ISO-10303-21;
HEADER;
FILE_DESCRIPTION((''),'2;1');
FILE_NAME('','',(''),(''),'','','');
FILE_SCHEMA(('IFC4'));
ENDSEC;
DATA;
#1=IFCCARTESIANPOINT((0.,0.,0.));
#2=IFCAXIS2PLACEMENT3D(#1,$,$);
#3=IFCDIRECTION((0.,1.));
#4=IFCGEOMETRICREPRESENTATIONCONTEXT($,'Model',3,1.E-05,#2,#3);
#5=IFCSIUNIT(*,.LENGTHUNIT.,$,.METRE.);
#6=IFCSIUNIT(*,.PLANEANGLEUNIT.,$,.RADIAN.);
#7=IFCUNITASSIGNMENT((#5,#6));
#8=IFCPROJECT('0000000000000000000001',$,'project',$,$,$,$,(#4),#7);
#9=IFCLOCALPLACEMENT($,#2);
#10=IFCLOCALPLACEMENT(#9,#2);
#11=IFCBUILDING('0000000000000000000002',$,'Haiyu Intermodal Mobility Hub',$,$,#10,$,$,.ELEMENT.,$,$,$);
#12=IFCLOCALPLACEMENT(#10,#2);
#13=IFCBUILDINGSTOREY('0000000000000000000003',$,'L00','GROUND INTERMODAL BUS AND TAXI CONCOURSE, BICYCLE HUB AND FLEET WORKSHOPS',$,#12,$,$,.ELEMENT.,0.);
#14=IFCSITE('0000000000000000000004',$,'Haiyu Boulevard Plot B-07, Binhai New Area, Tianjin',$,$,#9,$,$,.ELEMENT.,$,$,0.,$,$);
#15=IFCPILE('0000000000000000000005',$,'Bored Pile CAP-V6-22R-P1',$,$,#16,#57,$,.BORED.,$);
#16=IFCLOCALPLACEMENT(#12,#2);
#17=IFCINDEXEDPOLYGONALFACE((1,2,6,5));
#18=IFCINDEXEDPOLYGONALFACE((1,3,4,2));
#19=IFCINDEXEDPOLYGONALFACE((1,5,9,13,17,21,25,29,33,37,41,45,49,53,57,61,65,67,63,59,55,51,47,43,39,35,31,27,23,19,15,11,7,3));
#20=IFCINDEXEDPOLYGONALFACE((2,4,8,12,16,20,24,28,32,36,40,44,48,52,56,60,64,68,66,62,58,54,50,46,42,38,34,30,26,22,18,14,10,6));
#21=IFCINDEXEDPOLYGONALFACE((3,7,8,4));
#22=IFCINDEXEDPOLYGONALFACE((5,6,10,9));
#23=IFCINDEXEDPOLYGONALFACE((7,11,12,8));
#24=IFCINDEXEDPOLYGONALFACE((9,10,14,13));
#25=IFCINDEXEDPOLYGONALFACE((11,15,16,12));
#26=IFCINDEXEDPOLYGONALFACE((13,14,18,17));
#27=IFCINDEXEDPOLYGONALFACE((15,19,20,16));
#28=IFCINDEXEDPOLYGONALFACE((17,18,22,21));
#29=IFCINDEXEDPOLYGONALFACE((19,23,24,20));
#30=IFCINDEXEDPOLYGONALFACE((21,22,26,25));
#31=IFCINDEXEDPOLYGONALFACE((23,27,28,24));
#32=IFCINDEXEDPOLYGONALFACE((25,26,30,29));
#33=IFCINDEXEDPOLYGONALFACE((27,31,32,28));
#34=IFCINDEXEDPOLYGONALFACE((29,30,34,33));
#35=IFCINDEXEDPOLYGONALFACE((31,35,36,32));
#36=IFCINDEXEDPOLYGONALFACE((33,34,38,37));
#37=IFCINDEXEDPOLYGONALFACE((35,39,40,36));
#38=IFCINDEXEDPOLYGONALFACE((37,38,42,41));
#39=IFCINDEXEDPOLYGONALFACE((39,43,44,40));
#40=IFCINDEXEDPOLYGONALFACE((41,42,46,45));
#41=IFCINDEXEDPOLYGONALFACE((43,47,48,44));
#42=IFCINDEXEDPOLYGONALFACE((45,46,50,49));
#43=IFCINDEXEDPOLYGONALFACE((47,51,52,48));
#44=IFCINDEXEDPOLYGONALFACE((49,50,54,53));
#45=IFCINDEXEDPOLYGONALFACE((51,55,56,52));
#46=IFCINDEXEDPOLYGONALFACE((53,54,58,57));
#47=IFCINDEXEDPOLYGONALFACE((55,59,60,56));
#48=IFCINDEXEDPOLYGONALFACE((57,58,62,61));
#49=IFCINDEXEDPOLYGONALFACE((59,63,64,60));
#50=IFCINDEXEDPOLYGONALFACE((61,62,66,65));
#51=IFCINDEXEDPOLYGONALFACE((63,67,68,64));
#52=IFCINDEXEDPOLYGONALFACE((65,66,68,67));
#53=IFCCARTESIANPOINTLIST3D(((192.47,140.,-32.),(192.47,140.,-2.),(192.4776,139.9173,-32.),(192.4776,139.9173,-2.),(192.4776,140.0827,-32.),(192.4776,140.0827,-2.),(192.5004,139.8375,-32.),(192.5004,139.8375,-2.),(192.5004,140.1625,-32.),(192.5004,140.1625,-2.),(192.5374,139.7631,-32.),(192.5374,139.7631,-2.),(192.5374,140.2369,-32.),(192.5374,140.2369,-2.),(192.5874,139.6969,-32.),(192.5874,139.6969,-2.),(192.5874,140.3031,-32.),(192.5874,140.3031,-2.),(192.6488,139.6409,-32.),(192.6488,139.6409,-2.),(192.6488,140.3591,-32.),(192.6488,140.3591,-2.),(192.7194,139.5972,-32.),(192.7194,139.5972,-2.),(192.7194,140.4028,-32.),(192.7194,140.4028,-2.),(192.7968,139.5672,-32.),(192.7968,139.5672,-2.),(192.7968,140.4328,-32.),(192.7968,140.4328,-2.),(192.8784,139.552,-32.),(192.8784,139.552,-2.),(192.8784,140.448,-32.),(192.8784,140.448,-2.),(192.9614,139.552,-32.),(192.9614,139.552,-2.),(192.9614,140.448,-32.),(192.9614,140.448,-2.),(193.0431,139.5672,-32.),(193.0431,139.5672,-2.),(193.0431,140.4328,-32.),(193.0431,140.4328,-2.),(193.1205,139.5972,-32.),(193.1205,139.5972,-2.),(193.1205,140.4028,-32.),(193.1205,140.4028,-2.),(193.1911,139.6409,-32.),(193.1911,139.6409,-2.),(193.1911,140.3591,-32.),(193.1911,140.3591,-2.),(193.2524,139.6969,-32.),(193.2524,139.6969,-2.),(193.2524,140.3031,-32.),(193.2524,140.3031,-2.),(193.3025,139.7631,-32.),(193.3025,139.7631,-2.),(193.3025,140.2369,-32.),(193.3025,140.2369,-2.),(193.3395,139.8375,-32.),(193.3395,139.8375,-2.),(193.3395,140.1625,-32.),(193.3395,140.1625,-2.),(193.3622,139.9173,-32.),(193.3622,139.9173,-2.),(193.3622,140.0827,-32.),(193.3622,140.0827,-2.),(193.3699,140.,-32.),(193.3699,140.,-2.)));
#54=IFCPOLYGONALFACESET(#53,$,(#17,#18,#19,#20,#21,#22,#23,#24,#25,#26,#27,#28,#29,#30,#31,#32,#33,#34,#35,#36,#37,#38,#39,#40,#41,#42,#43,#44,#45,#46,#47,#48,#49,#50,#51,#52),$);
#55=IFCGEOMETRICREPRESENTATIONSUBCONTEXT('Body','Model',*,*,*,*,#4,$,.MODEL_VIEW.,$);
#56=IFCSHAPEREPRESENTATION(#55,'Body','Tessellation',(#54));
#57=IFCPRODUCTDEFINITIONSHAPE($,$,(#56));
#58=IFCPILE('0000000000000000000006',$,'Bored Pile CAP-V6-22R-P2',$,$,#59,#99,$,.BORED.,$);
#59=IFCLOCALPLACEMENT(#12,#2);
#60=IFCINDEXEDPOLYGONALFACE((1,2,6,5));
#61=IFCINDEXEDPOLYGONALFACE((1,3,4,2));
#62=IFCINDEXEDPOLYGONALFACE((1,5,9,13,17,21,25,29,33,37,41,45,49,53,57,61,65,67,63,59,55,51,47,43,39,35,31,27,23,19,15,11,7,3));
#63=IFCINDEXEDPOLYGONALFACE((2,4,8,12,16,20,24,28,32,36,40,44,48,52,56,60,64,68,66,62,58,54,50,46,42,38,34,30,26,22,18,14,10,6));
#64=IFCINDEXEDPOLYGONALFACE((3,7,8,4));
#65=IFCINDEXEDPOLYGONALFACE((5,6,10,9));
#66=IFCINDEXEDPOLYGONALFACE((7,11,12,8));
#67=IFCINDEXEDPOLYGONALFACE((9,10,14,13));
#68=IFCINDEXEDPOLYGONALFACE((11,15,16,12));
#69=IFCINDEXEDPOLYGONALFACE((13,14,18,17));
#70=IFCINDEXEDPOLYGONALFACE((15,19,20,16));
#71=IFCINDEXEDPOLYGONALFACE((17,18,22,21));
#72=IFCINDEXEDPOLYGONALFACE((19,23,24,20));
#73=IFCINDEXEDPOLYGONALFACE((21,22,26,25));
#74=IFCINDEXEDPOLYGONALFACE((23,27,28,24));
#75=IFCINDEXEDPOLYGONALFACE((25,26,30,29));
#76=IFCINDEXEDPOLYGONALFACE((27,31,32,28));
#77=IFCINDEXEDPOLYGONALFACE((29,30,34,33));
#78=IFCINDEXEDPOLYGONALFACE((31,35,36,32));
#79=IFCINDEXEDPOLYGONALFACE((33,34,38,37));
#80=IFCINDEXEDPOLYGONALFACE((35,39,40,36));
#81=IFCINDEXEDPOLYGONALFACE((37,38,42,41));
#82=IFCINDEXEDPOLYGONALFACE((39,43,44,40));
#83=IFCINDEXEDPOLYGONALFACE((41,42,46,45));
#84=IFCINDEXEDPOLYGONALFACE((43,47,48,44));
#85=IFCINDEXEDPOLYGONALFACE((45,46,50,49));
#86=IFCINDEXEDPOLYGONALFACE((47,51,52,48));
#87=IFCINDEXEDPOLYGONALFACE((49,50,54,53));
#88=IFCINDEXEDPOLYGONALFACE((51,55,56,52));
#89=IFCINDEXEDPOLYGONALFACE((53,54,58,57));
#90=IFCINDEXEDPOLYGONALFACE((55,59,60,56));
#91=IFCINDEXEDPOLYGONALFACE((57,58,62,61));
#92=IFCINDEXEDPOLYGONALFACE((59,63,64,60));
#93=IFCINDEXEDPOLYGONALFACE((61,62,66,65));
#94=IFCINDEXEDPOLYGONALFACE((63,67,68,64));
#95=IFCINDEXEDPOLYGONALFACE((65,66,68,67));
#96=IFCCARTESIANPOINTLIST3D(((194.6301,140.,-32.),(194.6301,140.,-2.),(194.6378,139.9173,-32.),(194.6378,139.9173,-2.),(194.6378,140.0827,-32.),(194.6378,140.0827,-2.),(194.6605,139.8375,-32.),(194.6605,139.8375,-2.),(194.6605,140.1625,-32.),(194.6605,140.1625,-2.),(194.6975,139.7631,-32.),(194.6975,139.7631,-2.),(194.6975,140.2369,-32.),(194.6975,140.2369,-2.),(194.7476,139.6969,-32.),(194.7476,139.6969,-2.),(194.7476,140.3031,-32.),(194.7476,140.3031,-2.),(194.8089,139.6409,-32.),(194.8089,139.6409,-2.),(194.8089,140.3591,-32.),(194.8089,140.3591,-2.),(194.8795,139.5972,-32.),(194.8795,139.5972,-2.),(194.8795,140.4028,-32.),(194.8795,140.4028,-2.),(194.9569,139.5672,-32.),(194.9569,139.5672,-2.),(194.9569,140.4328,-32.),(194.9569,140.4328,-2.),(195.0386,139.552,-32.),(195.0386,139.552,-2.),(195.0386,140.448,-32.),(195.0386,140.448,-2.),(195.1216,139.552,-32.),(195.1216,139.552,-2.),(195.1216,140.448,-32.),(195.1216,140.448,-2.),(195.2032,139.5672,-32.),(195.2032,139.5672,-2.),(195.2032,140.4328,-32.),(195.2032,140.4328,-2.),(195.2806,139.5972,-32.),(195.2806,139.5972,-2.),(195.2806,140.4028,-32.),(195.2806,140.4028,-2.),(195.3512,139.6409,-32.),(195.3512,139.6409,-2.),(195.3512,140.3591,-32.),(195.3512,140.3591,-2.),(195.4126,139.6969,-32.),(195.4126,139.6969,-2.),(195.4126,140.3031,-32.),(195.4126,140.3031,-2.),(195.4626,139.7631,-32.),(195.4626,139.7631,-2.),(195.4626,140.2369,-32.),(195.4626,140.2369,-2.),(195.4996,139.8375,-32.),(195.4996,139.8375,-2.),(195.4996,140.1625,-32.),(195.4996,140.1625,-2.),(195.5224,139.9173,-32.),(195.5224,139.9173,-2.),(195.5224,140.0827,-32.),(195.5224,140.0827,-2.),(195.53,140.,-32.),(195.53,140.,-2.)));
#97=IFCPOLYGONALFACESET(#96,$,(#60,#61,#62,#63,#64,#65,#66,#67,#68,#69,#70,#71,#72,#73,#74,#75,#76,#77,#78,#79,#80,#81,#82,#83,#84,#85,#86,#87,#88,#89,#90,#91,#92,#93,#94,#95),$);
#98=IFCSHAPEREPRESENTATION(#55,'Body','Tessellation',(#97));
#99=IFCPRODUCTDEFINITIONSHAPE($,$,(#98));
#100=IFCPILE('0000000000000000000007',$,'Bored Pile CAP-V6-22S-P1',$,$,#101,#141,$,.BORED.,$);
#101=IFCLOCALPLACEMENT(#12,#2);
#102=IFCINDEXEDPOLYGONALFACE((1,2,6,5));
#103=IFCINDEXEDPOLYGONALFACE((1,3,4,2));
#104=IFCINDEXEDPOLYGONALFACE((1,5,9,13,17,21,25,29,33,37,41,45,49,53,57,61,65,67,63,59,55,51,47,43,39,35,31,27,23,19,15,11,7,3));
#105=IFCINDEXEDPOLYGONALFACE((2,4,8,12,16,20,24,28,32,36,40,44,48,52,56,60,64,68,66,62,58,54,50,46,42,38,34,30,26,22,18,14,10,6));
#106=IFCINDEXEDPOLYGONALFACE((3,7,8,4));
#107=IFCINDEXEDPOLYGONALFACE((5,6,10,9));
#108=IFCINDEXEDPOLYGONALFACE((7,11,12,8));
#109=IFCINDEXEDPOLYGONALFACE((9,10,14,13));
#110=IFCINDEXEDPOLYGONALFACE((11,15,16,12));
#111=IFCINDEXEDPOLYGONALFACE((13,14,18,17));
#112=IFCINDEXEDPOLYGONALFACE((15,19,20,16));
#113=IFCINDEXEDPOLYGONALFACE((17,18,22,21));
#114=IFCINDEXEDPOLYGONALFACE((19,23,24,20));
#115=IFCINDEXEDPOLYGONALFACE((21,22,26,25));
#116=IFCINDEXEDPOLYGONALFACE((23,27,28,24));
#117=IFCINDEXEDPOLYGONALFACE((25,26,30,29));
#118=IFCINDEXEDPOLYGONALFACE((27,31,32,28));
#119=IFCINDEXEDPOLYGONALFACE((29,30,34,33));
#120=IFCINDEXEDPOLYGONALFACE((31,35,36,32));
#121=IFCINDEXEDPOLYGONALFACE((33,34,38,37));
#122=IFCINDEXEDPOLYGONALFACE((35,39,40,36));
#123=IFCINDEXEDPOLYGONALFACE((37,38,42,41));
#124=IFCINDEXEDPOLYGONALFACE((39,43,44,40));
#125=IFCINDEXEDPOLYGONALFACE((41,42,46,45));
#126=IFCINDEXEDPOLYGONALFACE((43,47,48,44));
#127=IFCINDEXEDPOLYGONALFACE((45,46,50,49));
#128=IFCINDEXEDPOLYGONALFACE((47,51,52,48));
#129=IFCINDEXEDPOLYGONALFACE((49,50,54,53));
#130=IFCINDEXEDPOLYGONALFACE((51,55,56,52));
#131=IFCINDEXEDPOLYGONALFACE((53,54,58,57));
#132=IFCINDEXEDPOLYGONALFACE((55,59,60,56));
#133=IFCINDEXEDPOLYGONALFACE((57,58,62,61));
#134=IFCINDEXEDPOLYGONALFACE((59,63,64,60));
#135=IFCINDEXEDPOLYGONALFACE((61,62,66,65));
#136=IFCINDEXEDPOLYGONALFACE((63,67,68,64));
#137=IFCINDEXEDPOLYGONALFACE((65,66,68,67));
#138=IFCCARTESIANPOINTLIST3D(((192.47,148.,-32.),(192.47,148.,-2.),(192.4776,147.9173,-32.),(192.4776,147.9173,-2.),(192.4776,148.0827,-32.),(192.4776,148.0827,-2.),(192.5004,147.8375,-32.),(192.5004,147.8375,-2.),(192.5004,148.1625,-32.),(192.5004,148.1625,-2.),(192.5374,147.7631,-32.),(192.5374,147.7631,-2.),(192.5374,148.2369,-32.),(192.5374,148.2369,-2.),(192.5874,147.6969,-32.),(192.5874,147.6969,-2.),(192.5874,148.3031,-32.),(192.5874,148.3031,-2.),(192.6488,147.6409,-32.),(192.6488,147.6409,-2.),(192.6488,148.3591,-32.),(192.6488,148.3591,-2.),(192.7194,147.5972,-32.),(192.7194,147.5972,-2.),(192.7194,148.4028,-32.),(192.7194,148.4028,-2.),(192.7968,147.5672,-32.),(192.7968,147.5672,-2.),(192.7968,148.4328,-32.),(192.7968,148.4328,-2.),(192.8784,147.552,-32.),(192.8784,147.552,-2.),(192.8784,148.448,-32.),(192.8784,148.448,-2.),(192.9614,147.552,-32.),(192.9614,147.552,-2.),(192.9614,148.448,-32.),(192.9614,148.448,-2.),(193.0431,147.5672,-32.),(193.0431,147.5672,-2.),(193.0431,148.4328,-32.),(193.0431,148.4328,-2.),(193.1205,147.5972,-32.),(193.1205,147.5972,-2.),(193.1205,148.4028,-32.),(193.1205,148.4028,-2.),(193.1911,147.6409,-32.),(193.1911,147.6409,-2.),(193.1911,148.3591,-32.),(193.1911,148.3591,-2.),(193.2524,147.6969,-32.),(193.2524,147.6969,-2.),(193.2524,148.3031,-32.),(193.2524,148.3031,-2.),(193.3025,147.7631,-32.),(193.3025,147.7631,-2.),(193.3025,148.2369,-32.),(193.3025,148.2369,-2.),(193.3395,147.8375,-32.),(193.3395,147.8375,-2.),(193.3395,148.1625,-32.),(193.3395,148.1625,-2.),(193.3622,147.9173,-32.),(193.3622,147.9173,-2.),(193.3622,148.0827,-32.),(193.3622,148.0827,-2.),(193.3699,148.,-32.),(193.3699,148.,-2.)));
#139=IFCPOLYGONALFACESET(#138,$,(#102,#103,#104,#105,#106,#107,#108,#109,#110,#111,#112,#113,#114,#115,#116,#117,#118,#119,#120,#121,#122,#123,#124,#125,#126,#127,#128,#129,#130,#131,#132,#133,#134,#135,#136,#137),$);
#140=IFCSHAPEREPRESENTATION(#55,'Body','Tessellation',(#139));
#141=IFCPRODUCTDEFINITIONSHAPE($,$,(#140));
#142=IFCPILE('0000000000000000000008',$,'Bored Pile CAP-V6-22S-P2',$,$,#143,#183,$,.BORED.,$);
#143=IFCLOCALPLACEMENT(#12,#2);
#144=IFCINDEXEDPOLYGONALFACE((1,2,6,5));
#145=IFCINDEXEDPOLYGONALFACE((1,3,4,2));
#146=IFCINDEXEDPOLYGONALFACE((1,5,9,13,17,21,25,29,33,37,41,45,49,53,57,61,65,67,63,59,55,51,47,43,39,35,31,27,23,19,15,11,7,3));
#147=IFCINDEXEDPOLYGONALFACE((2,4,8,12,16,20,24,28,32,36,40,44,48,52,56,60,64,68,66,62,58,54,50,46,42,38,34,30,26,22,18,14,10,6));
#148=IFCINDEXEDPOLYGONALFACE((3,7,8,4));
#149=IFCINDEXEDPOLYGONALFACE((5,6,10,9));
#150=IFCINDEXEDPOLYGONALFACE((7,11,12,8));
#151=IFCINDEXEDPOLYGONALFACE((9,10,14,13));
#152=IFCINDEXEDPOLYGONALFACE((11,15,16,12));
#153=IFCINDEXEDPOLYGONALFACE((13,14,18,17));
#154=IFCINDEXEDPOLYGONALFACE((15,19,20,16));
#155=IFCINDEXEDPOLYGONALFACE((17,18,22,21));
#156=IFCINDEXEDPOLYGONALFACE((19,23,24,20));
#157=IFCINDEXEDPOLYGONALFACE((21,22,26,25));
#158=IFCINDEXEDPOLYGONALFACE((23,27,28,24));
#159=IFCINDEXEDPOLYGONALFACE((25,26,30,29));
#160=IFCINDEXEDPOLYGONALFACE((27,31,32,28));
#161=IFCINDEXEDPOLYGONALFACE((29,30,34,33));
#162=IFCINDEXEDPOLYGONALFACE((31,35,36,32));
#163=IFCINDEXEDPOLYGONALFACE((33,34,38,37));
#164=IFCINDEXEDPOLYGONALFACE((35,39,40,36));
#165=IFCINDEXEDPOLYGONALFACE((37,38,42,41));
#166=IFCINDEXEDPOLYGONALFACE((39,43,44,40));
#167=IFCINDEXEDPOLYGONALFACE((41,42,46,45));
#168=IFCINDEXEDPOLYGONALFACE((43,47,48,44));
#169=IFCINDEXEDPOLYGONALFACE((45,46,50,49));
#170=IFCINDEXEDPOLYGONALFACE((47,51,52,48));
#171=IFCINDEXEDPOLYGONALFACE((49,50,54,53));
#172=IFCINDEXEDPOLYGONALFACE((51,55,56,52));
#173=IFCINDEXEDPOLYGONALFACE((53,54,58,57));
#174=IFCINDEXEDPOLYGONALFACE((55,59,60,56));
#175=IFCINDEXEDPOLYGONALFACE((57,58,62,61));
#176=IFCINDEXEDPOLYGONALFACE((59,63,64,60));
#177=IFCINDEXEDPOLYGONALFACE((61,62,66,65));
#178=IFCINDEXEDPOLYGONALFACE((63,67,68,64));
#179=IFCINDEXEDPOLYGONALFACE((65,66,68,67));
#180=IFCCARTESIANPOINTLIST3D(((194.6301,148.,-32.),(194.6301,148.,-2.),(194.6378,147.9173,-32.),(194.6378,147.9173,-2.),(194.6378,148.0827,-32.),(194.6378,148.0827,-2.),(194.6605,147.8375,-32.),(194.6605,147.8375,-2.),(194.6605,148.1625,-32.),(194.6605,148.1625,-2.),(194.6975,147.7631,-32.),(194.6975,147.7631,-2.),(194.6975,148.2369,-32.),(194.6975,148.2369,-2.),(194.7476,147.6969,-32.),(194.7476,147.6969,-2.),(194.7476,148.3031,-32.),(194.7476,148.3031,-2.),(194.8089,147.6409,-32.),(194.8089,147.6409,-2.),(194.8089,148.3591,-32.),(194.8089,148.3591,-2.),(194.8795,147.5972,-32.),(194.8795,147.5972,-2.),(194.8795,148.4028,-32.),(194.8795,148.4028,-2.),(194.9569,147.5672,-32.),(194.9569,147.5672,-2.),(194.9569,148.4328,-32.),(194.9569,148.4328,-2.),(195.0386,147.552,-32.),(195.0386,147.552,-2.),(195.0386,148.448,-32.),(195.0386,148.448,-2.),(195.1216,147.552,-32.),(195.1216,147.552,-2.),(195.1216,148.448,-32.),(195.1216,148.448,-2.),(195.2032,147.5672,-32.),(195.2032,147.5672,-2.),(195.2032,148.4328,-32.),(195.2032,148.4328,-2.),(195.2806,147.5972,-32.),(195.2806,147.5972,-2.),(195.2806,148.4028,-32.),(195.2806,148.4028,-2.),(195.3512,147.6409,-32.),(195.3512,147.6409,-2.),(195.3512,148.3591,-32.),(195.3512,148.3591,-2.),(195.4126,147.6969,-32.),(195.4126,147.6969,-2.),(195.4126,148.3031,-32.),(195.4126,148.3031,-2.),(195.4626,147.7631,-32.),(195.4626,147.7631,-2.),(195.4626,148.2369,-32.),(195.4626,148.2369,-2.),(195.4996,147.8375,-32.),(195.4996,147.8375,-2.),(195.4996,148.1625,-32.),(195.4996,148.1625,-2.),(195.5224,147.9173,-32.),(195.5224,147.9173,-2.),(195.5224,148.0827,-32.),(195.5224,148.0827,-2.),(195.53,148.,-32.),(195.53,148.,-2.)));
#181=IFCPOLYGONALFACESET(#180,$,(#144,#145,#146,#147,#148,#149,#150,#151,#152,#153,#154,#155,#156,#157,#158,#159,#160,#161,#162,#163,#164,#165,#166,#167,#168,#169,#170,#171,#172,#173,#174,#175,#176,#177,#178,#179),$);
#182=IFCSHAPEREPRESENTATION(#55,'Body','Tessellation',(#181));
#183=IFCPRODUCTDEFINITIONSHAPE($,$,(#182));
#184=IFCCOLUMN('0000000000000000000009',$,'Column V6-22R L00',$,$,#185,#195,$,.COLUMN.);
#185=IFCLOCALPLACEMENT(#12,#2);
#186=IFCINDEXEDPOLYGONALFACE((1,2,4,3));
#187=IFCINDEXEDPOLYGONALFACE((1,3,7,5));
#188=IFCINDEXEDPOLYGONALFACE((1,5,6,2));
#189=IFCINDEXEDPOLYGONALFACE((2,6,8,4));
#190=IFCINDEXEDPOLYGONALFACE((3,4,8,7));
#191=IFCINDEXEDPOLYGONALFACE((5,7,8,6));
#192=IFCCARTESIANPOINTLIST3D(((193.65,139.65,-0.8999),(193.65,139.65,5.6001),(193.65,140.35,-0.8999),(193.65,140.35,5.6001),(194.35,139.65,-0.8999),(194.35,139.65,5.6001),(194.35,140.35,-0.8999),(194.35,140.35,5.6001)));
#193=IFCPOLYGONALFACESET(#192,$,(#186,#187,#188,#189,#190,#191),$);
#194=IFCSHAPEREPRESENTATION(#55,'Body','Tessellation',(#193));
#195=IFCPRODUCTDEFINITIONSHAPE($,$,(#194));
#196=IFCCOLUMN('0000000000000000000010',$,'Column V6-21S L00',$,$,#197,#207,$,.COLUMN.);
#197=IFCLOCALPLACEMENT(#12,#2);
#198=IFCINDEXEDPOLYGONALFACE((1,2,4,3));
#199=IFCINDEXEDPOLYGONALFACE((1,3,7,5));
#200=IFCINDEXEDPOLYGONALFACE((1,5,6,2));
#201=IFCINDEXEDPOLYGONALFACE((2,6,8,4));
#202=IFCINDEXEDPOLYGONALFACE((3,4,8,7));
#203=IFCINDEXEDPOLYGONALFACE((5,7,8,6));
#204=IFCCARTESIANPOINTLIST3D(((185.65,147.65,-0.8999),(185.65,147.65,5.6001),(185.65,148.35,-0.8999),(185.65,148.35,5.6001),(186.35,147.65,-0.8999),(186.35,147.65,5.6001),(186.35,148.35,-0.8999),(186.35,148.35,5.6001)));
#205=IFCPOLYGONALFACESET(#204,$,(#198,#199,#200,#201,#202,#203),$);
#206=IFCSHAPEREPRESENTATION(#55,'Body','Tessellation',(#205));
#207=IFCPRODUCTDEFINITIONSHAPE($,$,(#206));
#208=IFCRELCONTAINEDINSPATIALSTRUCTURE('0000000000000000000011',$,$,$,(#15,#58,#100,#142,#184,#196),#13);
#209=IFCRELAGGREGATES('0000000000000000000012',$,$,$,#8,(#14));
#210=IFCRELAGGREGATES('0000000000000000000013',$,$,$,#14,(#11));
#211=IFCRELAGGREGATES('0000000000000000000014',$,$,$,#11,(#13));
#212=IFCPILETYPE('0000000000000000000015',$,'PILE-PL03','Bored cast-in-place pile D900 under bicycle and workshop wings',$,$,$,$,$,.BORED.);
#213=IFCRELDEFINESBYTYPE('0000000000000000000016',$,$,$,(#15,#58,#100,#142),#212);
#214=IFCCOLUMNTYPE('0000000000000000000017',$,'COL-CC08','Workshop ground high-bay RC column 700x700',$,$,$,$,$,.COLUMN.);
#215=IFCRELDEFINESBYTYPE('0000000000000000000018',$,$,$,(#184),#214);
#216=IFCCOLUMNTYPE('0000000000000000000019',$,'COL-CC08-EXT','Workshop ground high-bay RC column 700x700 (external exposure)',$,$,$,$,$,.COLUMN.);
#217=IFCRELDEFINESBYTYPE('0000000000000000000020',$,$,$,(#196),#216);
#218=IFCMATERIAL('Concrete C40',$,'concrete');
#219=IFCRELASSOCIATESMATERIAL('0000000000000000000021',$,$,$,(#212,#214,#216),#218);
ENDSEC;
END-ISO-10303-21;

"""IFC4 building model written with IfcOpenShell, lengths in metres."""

from ifc_helpers import new_model, si_unit, direction, frame, origin, origin_2d, place, context, subcontext, project, spatial, rectangle, circle, extrude, material, material_profile, profile_set, type_object, element, save


model = new_model("IFC4")

# Units and contexts
model_context = context("Model", 3, precision=1e-05, world=origin(), true_north=direction((0.0, 1.0)))
body_context = subcontext(model_context, "Body", "Model", "MODEL_VIEW")
ifc_project = project(units=[si_unit("LENGTHUNIT", "METRE"), si_unit("PLANEANGLEUNIT", "RADIAN")], contexts=[model_context])

# Site, building, storey
site_placement = place(None, origin())
site = spatial("IfcSite", under=ifc_project, at=site_placement, Name="Haiyu Boulevard Plot B-07, Binhai New Area, Tianjin", CompositionType="ELEMENT", RefElevation=0.0)
building_placement = place(site_placement, origin())
building = spatial("IfcBuilding", under=site, at=building_placement, Name="Haiyu Intermodal Mobility Hub", CompositionType="ELEMENT")
storey_placement = place(building_placement, origin())
storey = spatial("IfcBuildingStorey", under=building, at=storey_placement, Name="L00", Description="GROUND INTERMODAL BUS AND TAXI CONCOURSE, BICYCLE HUB AND FLEET WORKSHOPS", CompositionType="ELEMENT", Elevation=0.0)

# Shared definitions
ifc_material_1 = material(Name="Concrete C40", Category="concrete")

# Piles
ifc_material_profile_1 = material_profile(ifc_material_1, circle(Radius=0.45, at=origin_2d()), Name="PILE-D900")
ifc_profile_set_1 = profile_set([ifc_material_profile_1], Name="Concrete C40")
pile_type = type_object("IfcPileType", Name="PILE-PL03", Description="Bored cast-in-place pile D900 under bicycle and workshop wings", PredefinedType="BORED", material=ifc_profile_set_1)
for number, where, z_axis, x_axis, name in (
    (1, (192.9199, 140.0, -2.0), (0.0, 0.0, -1.0), (1.0, 0.0, 0.0), "Bored Pile CAP-V6-22R-P1"),
    (2, (195.0801, 140.0, -2.0), (0.0, 0.0, -1.0), (1.0, 0.0, 0.0), "Bored Pile CAP-V6-22R-P2"),
    (3, (192.9199, 148.0, -2.0), (0.0, 0.0, -1.0), (1.0, 0.0, 0.0), "Bored Pile CAP-V6-22S-P1"),
    (4, (195.0801, 148.0, -2.0), (0.0, 0.0, -1.0), (1.0, 0.0, 0.0), "Bored Pile CAP-V6-22S-P2"),
):
    element("IfcPile", number, at=place(storey_placement, frame(where, z_axis=z_axis, x_axis=x_axis)), inside=storey, type_object=pile_type, Name=name, PredefinedType="BORED", context=body_context, shape_type="SweptSolid", body=[
        extrude(circle(Radius=0.45, at=origin_2d()), origin(), (0.0, 0.0, 1.0), 30.0),
    ])

# Columns
ifc_material_profile_2 = material_profile(ifc_material_1, rectangle(XDim=0.7, YDim=0.7, at=origin_2d()), Name="RC700x700")
ifc_profile_set_2 = profile_set([ifc_material_profile_2], Name="Concrete C40")
column_type_1 = type_object("IfcColumnType", Name="COL-CC08", Description="Workshop ground high-bay RC column 700x700", PredefinedType="COLUMN", material=ifc_profile_set_2)
column_placement = place(storey_placement, frame((194.0, 140.0, -0.8999), z_axis=(0.0, 0.0, 1.0), x_axis=(1.0, 0.0, 0.0)))
element("IfcColumn", 5, at=column_placement, inside=storey, type_object=column_type_1, Name="Column V6-22R L00", PredefinedType="COLUMN", context=body_context, shape_type="SweptSolid", body=[
    extrude(rectangle(XDim=0.7, YDim=0.7, at=origin_2d()), origin(), (0.0, 0.0, 1.0), 6.5),
])
ifc_material_profile_3 = material_profile(ifc_material_1, rectangle(XDim=0.7, YDim=0.7, at=origin_2d()), Name="RC700x700")
ifc_profile_set_3 = profile_set([ifc_material_profile_3], Name="Concrete C40")
column_type_2 = type_object("IfcColumnType", Name="COL-CC08-EXT", Description="Workshop ground high-bay RC column 700x700 (external exposure)", PredefinedType="COLUMN", material=ifc_profile_set_3)
for number, where, z_axis, x_axis, name in (
    (6, (186.0, 148.0, -0.8999), (0.0, 0.0, 1.0), (1.0, 0.0, 0.0), "Column V6-21S L00"),
):
    element("IfcColumn", number, at=place(storey_placement, frame(where, z_axis=z_axis, x_axis=x_axis)), inside=storey, type_object=column_type_2, Name=name, PredefinedType="COLUMN", context=body_context, shape_type="SweptSolid", body=[
        extrude(rectangle(XDim=0.7, YDim=0.7, at=origin_2d()), origin(), (0.0, 0.0, 1.0), 6.5),
    ])

save(model, "model.ifc")
